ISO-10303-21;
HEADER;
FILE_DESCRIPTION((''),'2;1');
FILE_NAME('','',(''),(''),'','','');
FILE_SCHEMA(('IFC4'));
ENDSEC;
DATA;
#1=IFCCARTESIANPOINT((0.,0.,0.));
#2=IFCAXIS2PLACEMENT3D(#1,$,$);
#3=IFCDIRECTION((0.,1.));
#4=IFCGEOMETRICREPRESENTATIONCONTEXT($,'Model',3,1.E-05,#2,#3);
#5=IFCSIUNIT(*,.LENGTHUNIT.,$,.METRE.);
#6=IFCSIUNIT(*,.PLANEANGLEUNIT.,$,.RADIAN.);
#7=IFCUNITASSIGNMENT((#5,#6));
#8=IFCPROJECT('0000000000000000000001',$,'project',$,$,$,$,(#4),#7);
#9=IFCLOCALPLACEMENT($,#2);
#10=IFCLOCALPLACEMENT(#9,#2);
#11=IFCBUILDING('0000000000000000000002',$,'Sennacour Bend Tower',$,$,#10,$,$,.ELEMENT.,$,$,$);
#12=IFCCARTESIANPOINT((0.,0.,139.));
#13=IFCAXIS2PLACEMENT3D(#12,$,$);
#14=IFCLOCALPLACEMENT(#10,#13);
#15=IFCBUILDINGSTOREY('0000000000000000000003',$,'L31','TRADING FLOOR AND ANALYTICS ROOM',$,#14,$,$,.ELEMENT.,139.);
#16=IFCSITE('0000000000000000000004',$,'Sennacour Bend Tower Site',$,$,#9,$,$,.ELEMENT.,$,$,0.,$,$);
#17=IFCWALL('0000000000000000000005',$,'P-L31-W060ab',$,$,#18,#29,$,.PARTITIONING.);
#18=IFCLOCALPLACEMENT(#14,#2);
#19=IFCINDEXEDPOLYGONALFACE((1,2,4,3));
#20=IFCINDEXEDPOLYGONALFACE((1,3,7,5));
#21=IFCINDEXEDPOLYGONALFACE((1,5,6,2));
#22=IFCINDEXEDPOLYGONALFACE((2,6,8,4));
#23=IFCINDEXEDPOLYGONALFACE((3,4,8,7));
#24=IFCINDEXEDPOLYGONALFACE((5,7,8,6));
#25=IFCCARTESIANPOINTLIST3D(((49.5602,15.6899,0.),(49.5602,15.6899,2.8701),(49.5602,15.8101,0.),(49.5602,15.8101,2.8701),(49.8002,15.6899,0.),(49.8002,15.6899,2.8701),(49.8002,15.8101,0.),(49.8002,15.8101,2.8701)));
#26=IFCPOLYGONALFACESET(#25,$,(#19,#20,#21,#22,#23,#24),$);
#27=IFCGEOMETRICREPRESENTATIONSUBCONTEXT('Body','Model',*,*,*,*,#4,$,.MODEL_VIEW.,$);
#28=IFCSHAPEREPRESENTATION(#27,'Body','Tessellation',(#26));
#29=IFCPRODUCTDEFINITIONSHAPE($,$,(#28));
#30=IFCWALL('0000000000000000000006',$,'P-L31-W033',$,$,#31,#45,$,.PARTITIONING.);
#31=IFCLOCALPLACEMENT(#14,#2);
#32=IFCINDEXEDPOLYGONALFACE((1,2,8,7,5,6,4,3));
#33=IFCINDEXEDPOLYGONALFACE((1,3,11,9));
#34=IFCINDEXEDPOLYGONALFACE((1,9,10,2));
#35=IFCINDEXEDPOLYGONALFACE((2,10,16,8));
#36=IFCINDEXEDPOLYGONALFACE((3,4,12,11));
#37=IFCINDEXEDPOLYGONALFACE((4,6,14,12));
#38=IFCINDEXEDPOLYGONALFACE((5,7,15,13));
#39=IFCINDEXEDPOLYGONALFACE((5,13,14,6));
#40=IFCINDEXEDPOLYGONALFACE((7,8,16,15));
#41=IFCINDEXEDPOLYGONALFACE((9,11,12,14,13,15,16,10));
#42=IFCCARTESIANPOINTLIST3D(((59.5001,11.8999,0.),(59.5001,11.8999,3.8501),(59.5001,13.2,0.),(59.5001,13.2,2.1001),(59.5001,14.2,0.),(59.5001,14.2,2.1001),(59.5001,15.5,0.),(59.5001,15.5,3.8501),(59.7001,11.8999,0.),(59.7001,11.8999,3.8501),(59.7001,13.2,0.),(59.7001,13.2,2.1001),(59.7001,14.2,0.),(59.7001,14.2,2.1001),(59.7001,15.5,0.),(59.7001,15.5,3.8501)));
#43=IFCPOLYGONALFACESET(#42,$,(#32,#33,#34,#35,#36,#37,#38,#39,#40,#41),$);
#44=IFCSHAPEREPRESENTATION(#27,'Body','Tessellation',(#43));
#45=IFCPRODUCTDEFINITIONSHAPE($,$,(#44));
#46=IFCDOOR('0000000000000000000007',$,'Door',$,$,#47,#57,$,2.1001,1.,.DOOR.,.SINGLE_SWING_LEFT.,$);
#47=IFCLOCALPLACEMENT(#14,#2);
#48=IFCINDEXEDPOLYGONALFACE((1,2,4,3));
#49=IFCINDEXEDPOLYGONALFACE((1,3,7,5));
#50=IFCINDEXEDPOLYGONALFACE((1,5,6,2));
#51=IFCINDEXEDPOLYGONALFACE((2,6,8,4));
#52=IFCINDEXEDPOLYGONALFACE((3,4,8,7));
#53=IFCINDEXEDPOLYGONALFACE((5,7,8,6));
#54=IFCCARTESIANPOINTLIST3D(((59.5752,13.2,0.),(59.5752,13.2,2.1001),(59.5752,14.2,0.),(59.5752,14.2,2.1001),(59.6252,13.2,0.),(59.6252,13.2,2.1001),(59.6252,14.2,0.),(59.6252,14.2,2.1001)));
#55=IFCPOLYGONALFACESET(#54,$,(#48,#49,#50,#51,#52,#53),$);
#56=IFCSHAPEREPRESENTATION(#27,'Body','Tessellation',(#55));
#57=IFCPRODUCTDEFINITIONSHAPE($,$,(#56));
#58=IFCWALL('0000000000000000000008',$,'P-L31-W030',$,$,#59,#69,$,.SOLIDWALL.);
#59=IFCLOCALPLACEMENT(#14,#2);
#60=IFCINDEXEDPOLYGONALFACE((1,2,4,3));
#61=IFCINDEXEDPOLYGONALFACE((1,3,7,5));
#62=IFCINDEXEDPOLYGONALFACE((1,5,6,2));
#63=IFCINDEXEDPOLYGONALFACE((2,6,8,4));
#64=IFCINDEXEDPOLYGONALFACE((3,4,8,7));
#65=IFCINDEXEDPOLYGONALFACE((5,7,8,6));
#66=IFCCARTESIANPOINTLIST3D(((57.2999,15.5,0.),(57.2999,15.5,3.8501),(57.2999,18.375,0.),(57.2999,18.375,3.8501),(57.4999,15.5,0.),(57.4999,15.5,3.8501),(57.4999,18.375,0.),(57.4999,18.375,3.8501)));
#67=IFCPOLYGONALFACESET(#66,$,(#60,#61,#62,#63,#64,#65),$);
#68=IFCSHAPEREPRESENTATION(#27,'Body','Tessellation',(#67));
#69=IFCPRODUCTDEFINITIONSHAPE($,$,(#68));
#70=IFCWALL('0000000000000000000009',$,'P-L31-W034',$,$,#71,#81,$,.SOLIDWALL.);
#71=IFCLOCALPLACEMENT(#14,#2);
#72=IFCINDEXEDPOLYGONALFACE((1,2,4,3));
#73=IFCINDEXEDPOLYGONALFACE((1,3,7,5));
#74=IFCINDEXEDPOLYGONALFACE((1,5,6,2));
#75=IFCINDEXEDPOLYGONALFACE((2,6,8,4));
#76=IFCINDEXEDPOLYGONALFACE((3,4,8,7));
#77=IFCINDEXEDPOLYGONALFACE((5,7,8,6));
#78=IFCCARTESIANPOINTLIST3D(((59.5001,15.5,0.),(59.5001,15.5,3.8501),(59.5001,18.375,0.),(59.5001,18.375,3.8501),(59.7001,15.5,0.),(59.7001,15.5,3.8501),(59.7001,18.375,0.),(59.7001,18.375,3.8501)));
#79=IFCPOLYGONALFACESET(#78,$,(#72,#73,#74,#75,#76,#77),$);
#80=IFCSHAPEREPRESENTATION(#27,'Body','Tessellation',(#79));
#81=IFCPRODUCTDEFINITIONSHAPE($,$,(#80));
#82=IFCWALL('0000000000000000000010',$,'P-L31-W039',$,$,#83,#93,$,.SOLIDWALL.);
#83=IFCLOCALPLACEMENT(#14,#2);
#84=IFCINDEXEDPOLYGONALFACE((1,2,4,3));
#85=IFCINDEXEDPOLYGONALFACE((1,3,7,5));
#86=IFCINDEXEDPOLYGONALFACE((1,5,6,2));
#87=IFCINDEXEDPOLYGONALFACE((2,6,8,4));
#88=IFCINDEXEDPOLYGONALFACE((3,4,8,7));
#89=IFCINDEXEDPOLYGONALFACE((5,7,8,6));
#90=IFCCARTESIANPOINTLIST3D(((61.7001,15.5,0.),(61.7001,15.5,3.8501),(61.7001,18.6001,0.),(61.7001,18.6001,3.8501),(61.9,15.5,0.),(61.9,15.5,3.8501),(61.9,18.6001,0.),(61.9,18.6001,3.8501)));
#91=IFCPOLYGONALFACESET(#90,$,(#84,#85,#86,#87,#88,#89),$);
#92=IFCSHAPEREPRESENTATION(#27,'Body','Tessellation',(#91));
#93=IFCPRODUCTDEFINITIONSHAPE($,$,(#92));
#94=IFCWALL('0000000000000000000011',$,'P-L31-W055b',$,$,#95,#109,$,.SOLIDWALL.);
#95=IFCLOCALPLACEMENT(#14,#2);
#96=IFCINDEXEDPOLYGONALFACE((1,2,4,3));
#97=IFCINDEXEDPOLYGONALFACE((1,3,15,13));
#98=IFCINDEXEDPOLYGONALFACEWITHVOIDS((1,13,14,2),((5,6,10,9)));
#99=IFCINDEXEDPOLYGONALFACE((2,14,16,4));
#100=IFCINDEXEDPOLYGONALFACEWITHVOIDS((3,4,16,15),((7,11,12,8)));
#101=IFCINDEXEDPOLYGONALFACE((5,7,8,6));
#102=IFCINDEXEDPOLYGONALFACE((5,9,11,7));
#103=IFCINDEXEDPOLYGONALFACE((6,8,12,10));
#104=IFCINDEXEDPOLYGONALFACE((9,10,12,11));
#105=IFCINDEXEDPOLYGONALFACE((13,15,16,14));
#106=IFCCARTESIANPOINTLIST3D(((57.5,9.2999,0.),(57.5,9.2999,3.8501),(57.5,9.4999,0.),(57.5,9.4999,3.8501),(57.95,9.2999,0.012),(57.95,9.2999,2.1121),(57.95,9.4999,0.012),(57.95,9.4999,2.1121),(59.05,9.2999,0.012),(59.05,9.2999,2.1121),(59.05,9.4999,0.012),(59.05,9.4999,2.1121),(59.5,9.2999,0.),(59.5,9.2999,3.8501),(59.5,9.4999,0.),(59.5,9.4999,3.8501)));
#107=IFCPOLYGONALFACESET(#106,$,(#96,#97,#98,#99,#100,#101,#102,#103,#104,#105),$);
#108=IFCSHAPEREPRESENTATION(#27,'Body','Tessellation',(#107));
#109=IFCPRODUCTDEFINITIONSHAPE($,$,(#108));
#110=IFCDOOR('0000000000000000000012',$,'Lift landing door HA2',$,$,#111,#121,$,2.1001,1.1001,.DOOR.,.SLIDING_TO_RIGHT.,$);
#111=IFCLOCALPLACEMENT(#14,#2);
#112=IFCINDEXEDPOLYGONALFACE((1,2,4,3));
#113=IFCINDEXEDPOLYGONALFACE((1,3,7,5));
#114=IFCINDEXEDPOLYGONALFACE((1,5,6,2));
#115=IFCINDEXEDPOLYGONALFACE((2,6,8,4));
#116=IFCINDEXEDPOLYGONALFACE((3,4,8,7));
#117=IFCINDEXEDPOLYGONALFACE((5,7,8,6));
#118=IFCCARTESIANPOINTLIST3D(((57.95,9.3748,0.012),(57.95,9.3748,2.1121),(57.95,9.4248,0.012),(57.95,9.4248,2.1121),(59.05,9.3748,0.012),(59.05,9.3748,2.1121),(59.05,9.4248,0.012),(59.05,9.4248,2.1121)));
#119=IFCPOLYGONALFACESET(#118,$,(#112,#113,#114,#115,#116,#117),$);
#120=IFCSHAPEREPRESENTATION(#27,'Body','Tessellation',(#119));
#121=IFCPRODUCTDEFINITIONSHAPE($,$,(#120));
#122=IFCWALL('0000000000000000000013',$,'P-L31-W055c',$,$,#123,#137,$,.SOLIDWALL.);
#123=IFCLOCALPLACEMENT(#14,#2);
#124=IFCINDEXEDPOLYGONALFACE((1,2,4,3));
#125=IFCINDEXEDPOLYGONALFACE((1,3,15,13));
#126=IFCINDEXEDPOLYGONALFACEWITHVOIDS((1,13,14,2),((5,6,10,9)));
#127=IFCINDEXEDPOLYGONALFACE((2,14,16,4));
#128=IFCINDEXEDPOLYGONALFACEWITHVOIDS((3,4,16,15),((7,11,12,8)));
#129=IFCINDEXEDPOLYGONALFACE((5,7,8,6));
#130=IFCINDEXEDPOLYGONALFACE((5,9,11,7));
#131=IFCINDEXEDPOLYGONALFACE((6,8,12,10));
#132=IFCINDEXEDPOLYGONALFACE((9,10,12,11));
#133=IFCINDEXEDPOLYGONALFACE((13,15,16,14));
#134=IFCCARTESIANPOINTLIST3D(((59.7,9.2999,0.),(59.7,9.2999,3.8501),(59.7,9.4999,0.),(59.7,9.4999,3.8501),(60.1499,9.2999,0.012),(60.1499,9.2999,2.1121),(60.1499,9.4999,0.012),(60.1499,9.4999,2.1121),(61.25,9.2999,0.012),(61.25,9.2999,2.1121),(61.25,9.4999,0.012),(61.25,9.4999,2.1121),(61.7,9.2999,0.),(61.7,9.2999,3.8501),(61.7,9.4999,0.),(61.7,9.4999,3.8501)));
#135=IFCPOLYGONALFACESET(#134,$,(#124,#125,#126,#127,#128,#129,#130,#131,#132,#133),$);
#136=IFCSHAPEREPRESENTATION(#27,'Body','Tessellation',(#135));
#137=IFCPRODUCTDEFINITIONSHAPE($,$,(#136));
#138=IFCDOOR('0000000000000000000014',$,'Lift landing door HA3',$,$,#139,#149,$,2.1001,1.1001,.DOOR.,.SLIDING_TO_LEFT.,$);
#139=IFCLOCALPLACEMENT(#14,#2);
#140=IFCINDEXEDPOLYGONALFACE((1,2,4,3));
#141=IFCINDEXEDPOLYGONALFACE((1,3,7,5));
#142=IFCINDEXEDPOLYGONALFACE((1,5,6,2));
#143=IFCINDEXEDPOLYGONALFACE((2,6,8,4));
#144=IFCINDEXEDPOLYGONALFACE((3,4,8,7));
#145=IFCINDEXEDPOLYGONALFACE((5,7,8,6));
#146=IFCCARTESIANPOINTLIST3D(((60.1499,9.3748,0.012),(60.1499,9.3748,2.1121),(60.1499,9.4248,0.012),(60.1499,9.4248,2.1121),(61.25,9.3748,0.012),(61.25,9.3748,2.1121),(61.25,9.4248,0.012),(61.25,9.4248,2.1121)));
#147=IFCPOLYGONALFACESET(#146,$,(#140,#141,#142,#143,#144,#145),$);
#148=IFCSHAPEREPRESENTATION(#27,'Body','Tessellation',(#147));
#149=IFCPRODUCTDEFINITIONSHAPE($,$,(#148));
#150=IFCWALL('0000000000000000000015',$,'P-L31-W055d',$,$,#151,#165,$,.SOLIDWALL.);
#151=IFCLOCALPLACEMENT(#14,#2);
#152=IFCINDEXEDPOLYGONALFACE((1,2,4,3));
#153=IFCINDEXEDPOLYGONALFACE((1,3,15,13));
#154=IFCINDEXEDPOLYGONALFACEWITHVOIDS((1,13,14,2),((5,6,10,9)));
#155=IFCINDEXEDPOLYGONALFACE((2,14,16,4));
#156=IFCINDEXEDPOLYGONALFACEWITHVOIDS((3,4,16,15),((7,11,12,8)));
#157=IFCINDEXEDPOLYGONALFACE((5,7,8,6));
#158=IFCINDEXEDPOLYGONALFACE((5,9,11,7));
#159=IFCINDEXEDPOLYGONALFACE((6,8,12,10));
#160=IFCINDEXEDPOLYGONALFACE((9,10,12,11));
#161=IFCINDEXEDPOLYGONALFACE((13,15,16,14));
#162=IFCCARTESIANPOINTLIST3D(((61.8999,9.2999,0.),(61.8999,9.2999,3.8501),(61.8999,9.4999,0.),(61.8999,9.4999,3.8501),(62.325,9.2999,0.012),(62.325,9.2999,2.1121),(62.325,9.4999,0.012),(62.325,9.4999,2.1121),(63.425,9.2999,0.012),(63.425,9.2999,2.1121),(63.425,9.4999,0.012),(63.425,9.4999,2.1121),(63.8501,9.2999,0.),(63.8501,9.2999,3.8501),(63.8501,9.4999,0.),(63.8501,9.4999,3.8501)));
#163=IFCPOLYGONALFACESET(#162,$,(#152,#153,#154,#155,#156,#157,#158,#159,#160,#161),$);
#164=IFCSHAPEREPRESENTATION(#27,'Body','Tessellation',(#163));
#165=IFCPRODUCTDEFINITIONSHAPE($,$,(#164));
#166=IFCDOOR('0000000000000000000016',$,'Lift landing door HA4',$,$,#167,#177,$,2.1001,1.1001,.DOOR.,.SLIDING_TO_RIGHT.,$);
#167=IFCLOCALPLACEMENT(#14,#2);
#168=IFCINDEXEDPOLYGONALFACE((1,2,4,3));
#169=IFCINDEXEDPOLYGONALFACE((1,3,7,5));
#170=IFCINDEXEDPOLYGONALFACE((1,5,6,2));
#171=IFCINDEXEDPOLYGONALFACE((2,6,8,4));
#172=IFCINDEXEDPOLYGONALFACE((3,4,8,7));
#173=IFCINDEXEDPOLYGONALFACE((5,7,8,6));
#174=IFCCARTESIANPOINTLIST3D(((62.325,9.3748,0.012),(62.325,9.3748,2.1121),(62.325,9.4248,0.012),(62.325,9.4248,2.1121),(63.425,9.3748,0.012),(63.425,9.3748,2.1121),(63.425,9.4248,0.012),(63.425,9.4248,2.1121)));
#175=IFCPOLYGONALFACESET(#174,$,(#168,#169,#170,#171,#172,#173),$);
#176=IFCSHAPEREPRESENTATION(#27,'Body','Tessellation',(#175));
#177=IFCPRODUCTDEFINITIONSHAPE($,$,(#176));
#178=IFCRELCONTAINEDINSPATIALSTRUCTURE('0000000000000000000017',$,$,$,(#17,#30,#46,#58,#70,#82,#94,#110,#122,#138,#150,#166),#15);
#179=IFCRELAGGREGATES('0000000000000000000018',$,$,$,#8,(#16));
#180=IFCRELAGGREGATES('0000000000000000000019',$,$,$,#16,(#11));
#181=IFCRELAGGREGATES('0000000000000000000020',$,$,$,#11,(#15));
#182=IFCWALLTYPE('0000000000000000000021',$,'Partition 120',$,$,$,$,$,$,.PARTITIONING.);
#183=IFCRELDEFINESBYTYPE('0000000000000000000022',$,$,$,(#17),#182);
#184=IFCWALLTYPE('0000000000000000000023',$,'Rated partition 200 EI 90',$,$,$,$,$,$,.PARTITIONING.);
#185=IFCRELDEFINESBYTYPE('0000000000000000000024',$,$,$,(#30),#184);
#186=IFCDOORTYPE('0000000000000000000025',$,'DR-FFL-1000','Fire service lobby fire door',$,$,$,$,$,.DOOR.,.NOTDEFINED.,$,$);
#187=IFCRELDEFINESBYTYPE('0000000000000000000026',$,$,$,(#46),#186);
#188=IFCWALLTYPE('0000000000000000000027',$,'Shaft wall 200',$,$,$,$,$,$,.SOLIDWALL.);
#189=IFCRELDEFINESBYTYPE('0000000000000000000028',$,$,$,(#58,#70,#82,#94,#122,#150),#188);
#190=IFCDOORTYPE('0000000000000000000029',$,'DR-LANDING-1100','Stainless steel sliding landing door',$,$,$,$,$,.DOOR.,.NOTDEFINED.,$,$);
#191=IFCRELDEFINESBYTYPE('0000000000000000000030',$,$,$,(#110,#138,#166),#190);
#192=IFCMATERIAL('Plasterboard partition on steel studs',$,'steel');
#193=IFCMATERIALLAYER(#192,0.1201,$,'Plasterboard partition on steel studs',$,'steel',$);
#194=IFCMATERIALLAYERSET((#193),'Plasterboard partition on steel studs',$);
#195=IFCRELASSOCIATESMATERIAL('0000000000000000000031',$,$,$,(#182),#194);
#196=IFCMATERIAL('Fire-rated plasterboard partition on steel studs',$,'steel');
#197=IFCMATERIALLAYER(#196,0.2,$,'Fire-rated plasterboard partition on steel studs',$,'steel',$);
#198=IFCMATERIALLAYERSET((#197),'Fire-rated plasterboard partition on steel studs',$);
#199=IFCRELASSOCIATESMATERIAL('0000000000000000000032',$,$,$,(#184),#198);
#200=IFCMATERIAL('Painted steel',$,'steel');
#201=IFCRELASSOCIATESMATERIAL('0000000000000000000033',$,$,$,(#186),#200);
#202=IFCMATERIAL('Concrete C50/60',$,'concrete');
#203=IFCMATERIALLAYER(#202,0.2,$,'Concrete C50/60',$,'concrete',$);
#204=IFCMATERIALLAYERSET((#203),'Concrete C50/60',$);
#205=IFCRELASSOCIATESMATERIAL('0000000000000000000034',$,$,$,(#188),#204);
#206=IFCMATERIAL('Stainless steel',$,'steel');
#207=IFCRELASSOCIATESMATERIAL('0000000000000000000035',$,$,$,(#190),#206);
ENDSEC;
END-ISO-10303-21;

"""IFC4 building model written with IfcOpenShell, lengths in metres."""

from ifc_helpers import new_model, si_unit, direction, frame, frame_2d, origin, place, context, subcontext, project, spatial, rectangle, extrude, material, layer, layer_set, type_object, element, fill, save


model = new_model("IFC4")

# Units and contexts
model_context = context("Model", 3, precision=1e-05, world=origin(), true_north=direction((0.0, 1.0)))
body_context = subcontext(model_context, "Body", "Model", "MODEL_VIEW")
ifc_project = project(units=[si_unit("LENGTHUNIT", "METRE"), si_unit("PLANEANGLEUNIT", "RADIAN")], contexts=[model_context])

# Site, building, storey
site_placement = place(None, origin())
site = spatial("IfcSite", under=ifc_project, at=site_placement, Name="Sennacour Bend Tower Site", CompositionType="ELEMENT", RefElevation=0.0)
building_placement = place(site_placement, origin())
building = spatial("IfcBuilding", under=site, at=building_placement, Name="Sennacour Bend Tower", CompositionType="ELEMENT")
storey_placement = place(building_placement, frame((0.0, 0.0, 139.0)))
storey = spatial("IfcBuildingStorey", under=building, at=storey_placement, Name="L31", Description="TRADING FLOOR AND ANALYTICS ROOM", CompositionType="ELEMENT", Elevation=139.0)

# Wall
ifc_material_1 = material(Name="Plasterboard partition on steel studs", Category="steel")
ifc_layer_1 = layer(ifc_material_1, 0.1201, Name="Plasterboard partition on steel studs", Category="steel")
ifc_layer_set_1 = layer_set([ifc_layer_1], Name="Plasterboard partition on steel studs")
wall_type_1 = type_object("IfcWallType", Name="Partition 120", PredefinedType="PARTITIONING", material=ifc_layer_set_1)
wall_1_placement = place(storey_placement, frame((49.5601, 15.75, 0.0), z_axis=(0.0, 0.0, 1.0), x_axis=(1.0, 0.0, 0.0)))
element("IfcWall", 1, at=wall_1_placement, inside=storey, type_object=wall_type_1, Name="P-L31-W060ab", PredefinedType="PARTITIONING", context=body_context, shape_type="SweptSolid", body=[
    extrude(rectangle(XDim=0.24, YDim=0.1201, at=frame_2d((0.1201, 0.0))), origin(), (0.0, 0.0, 1.0), 2.8701),
])

# Wall, opening, door
ifc_material_2 = material(Name="Fire-rated plasterboard partition on steel studs", Category="steel")
ifc_layer_2 = layer(ifc_material_2, 0.2, Name="Fire-rated plasterboard partition on steel studs", Category="steel")
ifc_layer_set_2 = layer_set([ifc_layer_2], Name="Fire-rated plasterboard partition on steel studs")
wall_type_2 = type_object("IfcWallType", Name="Rated partition 200 EI 90", PredefinedType="PARTITIONING", material=ifc_layer_set_2)
wall_2_placement = place(storey_placement, frame((59.6001, 11.8999, 0.0), z_axis=(0.0, 0.0, 1.0), x_axis=(0.0, 1.0, 0.0)))
wall_2 = element("IfcWall", 2, at=wall_2_placement, inside=storey, type_object=wall_type_2, Name="P-L31-W033", PredefinedType="PARTITIONING", context=body_context, shape_type="SweptSolid", body=[
    extrude(rectangle(XDim=3.6001, YDim=0.2, at=frame_2d((1.8, 0.0))), origin(), (0.0, 0.0, 1.0), 3.8501),
])
opening_1_placement = place(wall_2_placement, frame((1.3, 0.0, 0.0)))
opening_1 = element("IfcOpeningElement", 3, at=opening_1_placement, cuts=wall_2, PredefinedType="OPENING", context=body_context, shape_type="SweptSolid", body=[
    extrude(rectangle(XDim=1.0, YDim=2.1001, at=frame_2d((0.5, 1.05))), frame((0.0, 0.1099, 0.0), z_axis=(0.0, -1.0, 0.0), x_axis=(1.0, 0.0, 0.0)), (0.0, 0.0, 1.0), 0.22),
])
ifc_material_3 = material(Name="Painted steel", Category="steel")
door_type_1 = type_object("IfcDoorType", Name="DR-FFL-1000", Description="Fire service lobby fire door", OperationType="NOTDEFINED", PredefinedType="DOOR", material=ifc_material_3)
door_1_placement = place(opening_1_placement, origin())
door_1 = element("IfcDoor", 4, at=door_1_placement, inside=storey, type_object=door_type_1, Name="Door", OperationType="SINGLE_SWING_LEFT", OverallHeight=2.1001, OverallWidth=1.0, PredefinedType="DOOR", context=body_context, shape_type="SweptSolid", body=[
    extrude(rectangle(XDim=1.0, YDim=2.1001, at=frame_2d((0.5, 1.05))), frame((0.0, 0.0249, 0.0), z_axis=(0.0, -1.0, 0.0), x_axis=(1.0, 0.0, 0.0)), (0.0, 0.0, 1.0), 0.05),
])
fill(opening_1, door_1)

# Walls
ifc_material_4 = material(Name="Concrete C50/60", Category="concrete")
ifc_layer_3 = layer(ifc_material_4, 0.2, Name="Concrete C50/60", Category="concrete")
ifc_layer_set_3 = layer_set([ifc_layer_3], Name="Concrete C50/60")
wall_type_3 = type_object("IfcWallType", Name="Shaft wall 200", PredefinedType="SOLIDWALL", material=ifc_layer_set_3)
for number, where, z_axis, x_axis, name in (
    (5, (57.3999, 15.5, 0.0), (0.0, 0.0, 1.0), (0.0, 1.0, 0.0), "P-L31-W030"),
    (6, (59.6001, 15.5, 0.0), (0.0, 0.0, 1.0), (0.0, 1.0, 0.0), "P-L31-W034"),
):
    element("IfcWall", number, at=place(storey_placement, frame(where, z_axis=z_axis, x_axis=x_axis)), inside=storey, type_object=wall_type_3, Name=name, PredefinedType="SOLIDWALL", context=body_context, shape_type="SweptSolid", body=[
        extrude(rectangle(XDim=2.875, YDim=0.2, at=frame_2d((1.4375, 0.0))), origin(), (0.0, 0.0, 1.0), 3.8501),
    ])
wall_3_placement = place(storey_placement, frame((61.8, 15.5, 0.0), z_axis=(0.0, 0.0, 1.0), x_axis=(0.0, 1.0, 0.0)))
element("IfcWall", 7, at=wall_3_placement, inside=storey, type_object=wall_type_3, Name="P-L31-W039", PredefinedType="SOLIDWALL", context=body_context, shape_type="SweptSolid", body=[
    extrude(rectangle(XDim=3.1001, YDim=0.2, at=frame_2d((1.55, 0.0))), origin(), (0.0, 0.0, 1.0), 3.8501),
])

# Walls, openings, doors
wall_4_placement = place(storey_placement, frame((57.5, 9.3999, 0.0), z_axis=(0.0, 0.0, 1.0), x_axis=(1.0, 0.0, 0.0)))
wall_4 = element("IfcWall", 8, at=wall_4_placement, inside=storey, type_object=wall_type_3, Name="P-L31-W055b", PredefinedType="SOLIDWALL", context=body_context, shape_type="SweptSolid", body=[
    extrude(rectangle(XDim=2.0, YDim=0.2, at=frame_2d((1.0, 0.0))), origin(), (0.0, 0.0, 1.0), 3.8501),
])
opening_2_placement = place(wall_4_placement, frame((0.45, 0.0, 0.012)))
opening_2 = element("IfcOpeningElement", 9, at=opening_2_placement, cuts=wall_4, PredefinedType="OPENING", context=body_context, shape_type="SweptSolid", body=[
    extrude(rectangle(XDim=1.1001, YDim=2.1001, at=frame_2d((0.55, 1.05))), frame((0.0, 0.1099, 0.0), z_axis=(0.0, -1.0, 0.0), x_axis=(1.0, 0.0, 0.0)), (0.0, 0.0, 1.0), 0.22),
])
ifc_material_5 = material(Name="Stainless steel", Category="steel")
door_type_2 = type_object("IfcDoorType", Name="DR-LANDING-1100", Description="Stainless steel sliding landing door", OperationType="NOTDEFINED", PredefinedType="DOOR", material=ifc_material_5)
door_2_placement = place(opening_2_placement, origin())
door_2 = element("IfcDoor", 10, at=door_2_placement, inside=storey, type_object=door_type_2, Name="Lift landing door HA2", OperationType="SLIDING_TO_RIGHT", OverallHeight=2.1001, OverallWidth=1.1001, PredefinedType="DOOR", context=body_context, shape_type="SweptSolid", body=[
    extrude(rectangle(XDim=1.1001, YDim=2.1001, at=frame_2d((0.55, 1.05))), frame((0.0, 0.0249, 0.0), z_axis=(0.0, -1.0, 0.0), x_axis=(1.0, 0.0, 0.0)), (0.0, 0.0, 1.0), 0.05),
])
fill(opening_2, door_2)
wall_5_placement = place(storey_placement, frame((59.7, 9.3999, 0.0), z_axis=(0.0, 0.0, 1.0), x_axis=(1.0, 0.0, 0.0)))
wall_5 = element("IfcWall", 11, at=wall_5_placement, inside=storey, type_object=wall_type_3, Name="P-L31-W055c", PredefinedType="SOLIDWALL", context=body_context, shape_type="SweptSolid", body=[
    extrude(rectangle(XDim=2.0, YDim=0.2, at=frame_2d((1.0, 0.0))), origin(), (0.0, 0.0, 1.0), 3.8501),
])
opening_3_placement = place(wall_5_placement, frame((0.45, 0.0, 0.012)))
opening_3 = element("IfcOpeningElement", 12, at=opening_3_placement, cuts=wall_5, PredefinedType="OPENING", context=body_context, shape_type="SweptSolid", body=[
    extrude(rectangle(XDim=1.1001, YDim=2.1001, at=frame_2d((0.55, 1.05))), frame((0.0, 0.1099, 0.0), z_axis=(0.0, -1.0, 0.0), x_axis=(1.0, 0.0, 0.0)), (0.0, 0.0, 1.0), 0.22),
])
door_3_placement = place(opening_3_placement, origin())
door_3 = element("IfcDoor", 13, at=door_3_placement, inside=storey, type_object=door_type_2, Name="Lift landing door HA3", OperationType="SLIDING_TO_LEFT", OverallHeight=2.1001, OverallWidth=1.1001, PredefinedType="DOOR", context=body_context, shape_type="SweptSolid", body=[
    extrude(rectangle(XDim=1.1001, YDim=2.1001, at=frame_2d((0.55, 1.05))), frame((0.0, 0.0249, 0.0), z_axis=(0.0, -1.0, 0.0), x_axis=(1.0, 0.0, 0.0)), (0.0, 0.0, 1.0), 0.05),
])
fill(opening_3, door_3)
wall_6_placement = place(storey_placement, frame((61.8999, 9.3999, 0.0), z_axis=(0.0, 0.0, 1.0), x_axis=(1.0, 0.0, 0.0)))
wall_6 = element("IfcWall", 14, at=wall_6_placement, inside=storey, type_object=wall_type_3, Name="P-L31-W055d", PredefinedType="SOLIDWALL", context=body_context, shape_type="SweptSolid", body=[
    extrude(rectangle(XDim=1.9502, YDim=0.2, at=frame_2d((0.9751, 0.0))), origin(), (0.0, 0.0, 1.0), 3.8501),
])
opening_4_placement = place(wall_6_placement, frame((0.425, 0.0, 0.012)))
opening_4 = element("IfcOpeningElement", 15, at=opening_4_placement, cuts=wall_6, PredefinedType="OPENING", context=body_context, shape_type="SweptSolid", body=[
    extrude(rectangle(XDim=1.1001, YDim=2.1001, at=frame_2d((0.55, 1.05))), frame((0.0, 0.1099, 0.0), z_axis=(0.0, -1.0, 0.0), x_axis=(1.0, 0.0, 0.0)), (0.0, 0.0, 1.0), 0.22),
])
door_4_placement = place(opening_4_placement, origin())
door_4 = element("IfcDoor", 16, at=door_4_placement, inside=storey, type_object=door_type_2, Name="Lift landing door HA4", OperationType="SLIDING_TO_RIGHT", OverallHeight=2.1001, OverallWidth=1.1001, PredefinedType="DOOR", context=body_context, shape_type="SweptSolid", body=[
    extrude(rectangle(XDim=1.1001, YDim=2.1001, at=frame_2d((0.55, 1.05))), frame((0.0, 0.0249, 0.0), z_axis=(0.0, -1.0, 0.0), x_axis=(1.0, 0.0, 0.0)), (0.0, 0.0, 1.0), 0.05),
])
fill(opening_4, door_4)

save(model, "model.ifc")
